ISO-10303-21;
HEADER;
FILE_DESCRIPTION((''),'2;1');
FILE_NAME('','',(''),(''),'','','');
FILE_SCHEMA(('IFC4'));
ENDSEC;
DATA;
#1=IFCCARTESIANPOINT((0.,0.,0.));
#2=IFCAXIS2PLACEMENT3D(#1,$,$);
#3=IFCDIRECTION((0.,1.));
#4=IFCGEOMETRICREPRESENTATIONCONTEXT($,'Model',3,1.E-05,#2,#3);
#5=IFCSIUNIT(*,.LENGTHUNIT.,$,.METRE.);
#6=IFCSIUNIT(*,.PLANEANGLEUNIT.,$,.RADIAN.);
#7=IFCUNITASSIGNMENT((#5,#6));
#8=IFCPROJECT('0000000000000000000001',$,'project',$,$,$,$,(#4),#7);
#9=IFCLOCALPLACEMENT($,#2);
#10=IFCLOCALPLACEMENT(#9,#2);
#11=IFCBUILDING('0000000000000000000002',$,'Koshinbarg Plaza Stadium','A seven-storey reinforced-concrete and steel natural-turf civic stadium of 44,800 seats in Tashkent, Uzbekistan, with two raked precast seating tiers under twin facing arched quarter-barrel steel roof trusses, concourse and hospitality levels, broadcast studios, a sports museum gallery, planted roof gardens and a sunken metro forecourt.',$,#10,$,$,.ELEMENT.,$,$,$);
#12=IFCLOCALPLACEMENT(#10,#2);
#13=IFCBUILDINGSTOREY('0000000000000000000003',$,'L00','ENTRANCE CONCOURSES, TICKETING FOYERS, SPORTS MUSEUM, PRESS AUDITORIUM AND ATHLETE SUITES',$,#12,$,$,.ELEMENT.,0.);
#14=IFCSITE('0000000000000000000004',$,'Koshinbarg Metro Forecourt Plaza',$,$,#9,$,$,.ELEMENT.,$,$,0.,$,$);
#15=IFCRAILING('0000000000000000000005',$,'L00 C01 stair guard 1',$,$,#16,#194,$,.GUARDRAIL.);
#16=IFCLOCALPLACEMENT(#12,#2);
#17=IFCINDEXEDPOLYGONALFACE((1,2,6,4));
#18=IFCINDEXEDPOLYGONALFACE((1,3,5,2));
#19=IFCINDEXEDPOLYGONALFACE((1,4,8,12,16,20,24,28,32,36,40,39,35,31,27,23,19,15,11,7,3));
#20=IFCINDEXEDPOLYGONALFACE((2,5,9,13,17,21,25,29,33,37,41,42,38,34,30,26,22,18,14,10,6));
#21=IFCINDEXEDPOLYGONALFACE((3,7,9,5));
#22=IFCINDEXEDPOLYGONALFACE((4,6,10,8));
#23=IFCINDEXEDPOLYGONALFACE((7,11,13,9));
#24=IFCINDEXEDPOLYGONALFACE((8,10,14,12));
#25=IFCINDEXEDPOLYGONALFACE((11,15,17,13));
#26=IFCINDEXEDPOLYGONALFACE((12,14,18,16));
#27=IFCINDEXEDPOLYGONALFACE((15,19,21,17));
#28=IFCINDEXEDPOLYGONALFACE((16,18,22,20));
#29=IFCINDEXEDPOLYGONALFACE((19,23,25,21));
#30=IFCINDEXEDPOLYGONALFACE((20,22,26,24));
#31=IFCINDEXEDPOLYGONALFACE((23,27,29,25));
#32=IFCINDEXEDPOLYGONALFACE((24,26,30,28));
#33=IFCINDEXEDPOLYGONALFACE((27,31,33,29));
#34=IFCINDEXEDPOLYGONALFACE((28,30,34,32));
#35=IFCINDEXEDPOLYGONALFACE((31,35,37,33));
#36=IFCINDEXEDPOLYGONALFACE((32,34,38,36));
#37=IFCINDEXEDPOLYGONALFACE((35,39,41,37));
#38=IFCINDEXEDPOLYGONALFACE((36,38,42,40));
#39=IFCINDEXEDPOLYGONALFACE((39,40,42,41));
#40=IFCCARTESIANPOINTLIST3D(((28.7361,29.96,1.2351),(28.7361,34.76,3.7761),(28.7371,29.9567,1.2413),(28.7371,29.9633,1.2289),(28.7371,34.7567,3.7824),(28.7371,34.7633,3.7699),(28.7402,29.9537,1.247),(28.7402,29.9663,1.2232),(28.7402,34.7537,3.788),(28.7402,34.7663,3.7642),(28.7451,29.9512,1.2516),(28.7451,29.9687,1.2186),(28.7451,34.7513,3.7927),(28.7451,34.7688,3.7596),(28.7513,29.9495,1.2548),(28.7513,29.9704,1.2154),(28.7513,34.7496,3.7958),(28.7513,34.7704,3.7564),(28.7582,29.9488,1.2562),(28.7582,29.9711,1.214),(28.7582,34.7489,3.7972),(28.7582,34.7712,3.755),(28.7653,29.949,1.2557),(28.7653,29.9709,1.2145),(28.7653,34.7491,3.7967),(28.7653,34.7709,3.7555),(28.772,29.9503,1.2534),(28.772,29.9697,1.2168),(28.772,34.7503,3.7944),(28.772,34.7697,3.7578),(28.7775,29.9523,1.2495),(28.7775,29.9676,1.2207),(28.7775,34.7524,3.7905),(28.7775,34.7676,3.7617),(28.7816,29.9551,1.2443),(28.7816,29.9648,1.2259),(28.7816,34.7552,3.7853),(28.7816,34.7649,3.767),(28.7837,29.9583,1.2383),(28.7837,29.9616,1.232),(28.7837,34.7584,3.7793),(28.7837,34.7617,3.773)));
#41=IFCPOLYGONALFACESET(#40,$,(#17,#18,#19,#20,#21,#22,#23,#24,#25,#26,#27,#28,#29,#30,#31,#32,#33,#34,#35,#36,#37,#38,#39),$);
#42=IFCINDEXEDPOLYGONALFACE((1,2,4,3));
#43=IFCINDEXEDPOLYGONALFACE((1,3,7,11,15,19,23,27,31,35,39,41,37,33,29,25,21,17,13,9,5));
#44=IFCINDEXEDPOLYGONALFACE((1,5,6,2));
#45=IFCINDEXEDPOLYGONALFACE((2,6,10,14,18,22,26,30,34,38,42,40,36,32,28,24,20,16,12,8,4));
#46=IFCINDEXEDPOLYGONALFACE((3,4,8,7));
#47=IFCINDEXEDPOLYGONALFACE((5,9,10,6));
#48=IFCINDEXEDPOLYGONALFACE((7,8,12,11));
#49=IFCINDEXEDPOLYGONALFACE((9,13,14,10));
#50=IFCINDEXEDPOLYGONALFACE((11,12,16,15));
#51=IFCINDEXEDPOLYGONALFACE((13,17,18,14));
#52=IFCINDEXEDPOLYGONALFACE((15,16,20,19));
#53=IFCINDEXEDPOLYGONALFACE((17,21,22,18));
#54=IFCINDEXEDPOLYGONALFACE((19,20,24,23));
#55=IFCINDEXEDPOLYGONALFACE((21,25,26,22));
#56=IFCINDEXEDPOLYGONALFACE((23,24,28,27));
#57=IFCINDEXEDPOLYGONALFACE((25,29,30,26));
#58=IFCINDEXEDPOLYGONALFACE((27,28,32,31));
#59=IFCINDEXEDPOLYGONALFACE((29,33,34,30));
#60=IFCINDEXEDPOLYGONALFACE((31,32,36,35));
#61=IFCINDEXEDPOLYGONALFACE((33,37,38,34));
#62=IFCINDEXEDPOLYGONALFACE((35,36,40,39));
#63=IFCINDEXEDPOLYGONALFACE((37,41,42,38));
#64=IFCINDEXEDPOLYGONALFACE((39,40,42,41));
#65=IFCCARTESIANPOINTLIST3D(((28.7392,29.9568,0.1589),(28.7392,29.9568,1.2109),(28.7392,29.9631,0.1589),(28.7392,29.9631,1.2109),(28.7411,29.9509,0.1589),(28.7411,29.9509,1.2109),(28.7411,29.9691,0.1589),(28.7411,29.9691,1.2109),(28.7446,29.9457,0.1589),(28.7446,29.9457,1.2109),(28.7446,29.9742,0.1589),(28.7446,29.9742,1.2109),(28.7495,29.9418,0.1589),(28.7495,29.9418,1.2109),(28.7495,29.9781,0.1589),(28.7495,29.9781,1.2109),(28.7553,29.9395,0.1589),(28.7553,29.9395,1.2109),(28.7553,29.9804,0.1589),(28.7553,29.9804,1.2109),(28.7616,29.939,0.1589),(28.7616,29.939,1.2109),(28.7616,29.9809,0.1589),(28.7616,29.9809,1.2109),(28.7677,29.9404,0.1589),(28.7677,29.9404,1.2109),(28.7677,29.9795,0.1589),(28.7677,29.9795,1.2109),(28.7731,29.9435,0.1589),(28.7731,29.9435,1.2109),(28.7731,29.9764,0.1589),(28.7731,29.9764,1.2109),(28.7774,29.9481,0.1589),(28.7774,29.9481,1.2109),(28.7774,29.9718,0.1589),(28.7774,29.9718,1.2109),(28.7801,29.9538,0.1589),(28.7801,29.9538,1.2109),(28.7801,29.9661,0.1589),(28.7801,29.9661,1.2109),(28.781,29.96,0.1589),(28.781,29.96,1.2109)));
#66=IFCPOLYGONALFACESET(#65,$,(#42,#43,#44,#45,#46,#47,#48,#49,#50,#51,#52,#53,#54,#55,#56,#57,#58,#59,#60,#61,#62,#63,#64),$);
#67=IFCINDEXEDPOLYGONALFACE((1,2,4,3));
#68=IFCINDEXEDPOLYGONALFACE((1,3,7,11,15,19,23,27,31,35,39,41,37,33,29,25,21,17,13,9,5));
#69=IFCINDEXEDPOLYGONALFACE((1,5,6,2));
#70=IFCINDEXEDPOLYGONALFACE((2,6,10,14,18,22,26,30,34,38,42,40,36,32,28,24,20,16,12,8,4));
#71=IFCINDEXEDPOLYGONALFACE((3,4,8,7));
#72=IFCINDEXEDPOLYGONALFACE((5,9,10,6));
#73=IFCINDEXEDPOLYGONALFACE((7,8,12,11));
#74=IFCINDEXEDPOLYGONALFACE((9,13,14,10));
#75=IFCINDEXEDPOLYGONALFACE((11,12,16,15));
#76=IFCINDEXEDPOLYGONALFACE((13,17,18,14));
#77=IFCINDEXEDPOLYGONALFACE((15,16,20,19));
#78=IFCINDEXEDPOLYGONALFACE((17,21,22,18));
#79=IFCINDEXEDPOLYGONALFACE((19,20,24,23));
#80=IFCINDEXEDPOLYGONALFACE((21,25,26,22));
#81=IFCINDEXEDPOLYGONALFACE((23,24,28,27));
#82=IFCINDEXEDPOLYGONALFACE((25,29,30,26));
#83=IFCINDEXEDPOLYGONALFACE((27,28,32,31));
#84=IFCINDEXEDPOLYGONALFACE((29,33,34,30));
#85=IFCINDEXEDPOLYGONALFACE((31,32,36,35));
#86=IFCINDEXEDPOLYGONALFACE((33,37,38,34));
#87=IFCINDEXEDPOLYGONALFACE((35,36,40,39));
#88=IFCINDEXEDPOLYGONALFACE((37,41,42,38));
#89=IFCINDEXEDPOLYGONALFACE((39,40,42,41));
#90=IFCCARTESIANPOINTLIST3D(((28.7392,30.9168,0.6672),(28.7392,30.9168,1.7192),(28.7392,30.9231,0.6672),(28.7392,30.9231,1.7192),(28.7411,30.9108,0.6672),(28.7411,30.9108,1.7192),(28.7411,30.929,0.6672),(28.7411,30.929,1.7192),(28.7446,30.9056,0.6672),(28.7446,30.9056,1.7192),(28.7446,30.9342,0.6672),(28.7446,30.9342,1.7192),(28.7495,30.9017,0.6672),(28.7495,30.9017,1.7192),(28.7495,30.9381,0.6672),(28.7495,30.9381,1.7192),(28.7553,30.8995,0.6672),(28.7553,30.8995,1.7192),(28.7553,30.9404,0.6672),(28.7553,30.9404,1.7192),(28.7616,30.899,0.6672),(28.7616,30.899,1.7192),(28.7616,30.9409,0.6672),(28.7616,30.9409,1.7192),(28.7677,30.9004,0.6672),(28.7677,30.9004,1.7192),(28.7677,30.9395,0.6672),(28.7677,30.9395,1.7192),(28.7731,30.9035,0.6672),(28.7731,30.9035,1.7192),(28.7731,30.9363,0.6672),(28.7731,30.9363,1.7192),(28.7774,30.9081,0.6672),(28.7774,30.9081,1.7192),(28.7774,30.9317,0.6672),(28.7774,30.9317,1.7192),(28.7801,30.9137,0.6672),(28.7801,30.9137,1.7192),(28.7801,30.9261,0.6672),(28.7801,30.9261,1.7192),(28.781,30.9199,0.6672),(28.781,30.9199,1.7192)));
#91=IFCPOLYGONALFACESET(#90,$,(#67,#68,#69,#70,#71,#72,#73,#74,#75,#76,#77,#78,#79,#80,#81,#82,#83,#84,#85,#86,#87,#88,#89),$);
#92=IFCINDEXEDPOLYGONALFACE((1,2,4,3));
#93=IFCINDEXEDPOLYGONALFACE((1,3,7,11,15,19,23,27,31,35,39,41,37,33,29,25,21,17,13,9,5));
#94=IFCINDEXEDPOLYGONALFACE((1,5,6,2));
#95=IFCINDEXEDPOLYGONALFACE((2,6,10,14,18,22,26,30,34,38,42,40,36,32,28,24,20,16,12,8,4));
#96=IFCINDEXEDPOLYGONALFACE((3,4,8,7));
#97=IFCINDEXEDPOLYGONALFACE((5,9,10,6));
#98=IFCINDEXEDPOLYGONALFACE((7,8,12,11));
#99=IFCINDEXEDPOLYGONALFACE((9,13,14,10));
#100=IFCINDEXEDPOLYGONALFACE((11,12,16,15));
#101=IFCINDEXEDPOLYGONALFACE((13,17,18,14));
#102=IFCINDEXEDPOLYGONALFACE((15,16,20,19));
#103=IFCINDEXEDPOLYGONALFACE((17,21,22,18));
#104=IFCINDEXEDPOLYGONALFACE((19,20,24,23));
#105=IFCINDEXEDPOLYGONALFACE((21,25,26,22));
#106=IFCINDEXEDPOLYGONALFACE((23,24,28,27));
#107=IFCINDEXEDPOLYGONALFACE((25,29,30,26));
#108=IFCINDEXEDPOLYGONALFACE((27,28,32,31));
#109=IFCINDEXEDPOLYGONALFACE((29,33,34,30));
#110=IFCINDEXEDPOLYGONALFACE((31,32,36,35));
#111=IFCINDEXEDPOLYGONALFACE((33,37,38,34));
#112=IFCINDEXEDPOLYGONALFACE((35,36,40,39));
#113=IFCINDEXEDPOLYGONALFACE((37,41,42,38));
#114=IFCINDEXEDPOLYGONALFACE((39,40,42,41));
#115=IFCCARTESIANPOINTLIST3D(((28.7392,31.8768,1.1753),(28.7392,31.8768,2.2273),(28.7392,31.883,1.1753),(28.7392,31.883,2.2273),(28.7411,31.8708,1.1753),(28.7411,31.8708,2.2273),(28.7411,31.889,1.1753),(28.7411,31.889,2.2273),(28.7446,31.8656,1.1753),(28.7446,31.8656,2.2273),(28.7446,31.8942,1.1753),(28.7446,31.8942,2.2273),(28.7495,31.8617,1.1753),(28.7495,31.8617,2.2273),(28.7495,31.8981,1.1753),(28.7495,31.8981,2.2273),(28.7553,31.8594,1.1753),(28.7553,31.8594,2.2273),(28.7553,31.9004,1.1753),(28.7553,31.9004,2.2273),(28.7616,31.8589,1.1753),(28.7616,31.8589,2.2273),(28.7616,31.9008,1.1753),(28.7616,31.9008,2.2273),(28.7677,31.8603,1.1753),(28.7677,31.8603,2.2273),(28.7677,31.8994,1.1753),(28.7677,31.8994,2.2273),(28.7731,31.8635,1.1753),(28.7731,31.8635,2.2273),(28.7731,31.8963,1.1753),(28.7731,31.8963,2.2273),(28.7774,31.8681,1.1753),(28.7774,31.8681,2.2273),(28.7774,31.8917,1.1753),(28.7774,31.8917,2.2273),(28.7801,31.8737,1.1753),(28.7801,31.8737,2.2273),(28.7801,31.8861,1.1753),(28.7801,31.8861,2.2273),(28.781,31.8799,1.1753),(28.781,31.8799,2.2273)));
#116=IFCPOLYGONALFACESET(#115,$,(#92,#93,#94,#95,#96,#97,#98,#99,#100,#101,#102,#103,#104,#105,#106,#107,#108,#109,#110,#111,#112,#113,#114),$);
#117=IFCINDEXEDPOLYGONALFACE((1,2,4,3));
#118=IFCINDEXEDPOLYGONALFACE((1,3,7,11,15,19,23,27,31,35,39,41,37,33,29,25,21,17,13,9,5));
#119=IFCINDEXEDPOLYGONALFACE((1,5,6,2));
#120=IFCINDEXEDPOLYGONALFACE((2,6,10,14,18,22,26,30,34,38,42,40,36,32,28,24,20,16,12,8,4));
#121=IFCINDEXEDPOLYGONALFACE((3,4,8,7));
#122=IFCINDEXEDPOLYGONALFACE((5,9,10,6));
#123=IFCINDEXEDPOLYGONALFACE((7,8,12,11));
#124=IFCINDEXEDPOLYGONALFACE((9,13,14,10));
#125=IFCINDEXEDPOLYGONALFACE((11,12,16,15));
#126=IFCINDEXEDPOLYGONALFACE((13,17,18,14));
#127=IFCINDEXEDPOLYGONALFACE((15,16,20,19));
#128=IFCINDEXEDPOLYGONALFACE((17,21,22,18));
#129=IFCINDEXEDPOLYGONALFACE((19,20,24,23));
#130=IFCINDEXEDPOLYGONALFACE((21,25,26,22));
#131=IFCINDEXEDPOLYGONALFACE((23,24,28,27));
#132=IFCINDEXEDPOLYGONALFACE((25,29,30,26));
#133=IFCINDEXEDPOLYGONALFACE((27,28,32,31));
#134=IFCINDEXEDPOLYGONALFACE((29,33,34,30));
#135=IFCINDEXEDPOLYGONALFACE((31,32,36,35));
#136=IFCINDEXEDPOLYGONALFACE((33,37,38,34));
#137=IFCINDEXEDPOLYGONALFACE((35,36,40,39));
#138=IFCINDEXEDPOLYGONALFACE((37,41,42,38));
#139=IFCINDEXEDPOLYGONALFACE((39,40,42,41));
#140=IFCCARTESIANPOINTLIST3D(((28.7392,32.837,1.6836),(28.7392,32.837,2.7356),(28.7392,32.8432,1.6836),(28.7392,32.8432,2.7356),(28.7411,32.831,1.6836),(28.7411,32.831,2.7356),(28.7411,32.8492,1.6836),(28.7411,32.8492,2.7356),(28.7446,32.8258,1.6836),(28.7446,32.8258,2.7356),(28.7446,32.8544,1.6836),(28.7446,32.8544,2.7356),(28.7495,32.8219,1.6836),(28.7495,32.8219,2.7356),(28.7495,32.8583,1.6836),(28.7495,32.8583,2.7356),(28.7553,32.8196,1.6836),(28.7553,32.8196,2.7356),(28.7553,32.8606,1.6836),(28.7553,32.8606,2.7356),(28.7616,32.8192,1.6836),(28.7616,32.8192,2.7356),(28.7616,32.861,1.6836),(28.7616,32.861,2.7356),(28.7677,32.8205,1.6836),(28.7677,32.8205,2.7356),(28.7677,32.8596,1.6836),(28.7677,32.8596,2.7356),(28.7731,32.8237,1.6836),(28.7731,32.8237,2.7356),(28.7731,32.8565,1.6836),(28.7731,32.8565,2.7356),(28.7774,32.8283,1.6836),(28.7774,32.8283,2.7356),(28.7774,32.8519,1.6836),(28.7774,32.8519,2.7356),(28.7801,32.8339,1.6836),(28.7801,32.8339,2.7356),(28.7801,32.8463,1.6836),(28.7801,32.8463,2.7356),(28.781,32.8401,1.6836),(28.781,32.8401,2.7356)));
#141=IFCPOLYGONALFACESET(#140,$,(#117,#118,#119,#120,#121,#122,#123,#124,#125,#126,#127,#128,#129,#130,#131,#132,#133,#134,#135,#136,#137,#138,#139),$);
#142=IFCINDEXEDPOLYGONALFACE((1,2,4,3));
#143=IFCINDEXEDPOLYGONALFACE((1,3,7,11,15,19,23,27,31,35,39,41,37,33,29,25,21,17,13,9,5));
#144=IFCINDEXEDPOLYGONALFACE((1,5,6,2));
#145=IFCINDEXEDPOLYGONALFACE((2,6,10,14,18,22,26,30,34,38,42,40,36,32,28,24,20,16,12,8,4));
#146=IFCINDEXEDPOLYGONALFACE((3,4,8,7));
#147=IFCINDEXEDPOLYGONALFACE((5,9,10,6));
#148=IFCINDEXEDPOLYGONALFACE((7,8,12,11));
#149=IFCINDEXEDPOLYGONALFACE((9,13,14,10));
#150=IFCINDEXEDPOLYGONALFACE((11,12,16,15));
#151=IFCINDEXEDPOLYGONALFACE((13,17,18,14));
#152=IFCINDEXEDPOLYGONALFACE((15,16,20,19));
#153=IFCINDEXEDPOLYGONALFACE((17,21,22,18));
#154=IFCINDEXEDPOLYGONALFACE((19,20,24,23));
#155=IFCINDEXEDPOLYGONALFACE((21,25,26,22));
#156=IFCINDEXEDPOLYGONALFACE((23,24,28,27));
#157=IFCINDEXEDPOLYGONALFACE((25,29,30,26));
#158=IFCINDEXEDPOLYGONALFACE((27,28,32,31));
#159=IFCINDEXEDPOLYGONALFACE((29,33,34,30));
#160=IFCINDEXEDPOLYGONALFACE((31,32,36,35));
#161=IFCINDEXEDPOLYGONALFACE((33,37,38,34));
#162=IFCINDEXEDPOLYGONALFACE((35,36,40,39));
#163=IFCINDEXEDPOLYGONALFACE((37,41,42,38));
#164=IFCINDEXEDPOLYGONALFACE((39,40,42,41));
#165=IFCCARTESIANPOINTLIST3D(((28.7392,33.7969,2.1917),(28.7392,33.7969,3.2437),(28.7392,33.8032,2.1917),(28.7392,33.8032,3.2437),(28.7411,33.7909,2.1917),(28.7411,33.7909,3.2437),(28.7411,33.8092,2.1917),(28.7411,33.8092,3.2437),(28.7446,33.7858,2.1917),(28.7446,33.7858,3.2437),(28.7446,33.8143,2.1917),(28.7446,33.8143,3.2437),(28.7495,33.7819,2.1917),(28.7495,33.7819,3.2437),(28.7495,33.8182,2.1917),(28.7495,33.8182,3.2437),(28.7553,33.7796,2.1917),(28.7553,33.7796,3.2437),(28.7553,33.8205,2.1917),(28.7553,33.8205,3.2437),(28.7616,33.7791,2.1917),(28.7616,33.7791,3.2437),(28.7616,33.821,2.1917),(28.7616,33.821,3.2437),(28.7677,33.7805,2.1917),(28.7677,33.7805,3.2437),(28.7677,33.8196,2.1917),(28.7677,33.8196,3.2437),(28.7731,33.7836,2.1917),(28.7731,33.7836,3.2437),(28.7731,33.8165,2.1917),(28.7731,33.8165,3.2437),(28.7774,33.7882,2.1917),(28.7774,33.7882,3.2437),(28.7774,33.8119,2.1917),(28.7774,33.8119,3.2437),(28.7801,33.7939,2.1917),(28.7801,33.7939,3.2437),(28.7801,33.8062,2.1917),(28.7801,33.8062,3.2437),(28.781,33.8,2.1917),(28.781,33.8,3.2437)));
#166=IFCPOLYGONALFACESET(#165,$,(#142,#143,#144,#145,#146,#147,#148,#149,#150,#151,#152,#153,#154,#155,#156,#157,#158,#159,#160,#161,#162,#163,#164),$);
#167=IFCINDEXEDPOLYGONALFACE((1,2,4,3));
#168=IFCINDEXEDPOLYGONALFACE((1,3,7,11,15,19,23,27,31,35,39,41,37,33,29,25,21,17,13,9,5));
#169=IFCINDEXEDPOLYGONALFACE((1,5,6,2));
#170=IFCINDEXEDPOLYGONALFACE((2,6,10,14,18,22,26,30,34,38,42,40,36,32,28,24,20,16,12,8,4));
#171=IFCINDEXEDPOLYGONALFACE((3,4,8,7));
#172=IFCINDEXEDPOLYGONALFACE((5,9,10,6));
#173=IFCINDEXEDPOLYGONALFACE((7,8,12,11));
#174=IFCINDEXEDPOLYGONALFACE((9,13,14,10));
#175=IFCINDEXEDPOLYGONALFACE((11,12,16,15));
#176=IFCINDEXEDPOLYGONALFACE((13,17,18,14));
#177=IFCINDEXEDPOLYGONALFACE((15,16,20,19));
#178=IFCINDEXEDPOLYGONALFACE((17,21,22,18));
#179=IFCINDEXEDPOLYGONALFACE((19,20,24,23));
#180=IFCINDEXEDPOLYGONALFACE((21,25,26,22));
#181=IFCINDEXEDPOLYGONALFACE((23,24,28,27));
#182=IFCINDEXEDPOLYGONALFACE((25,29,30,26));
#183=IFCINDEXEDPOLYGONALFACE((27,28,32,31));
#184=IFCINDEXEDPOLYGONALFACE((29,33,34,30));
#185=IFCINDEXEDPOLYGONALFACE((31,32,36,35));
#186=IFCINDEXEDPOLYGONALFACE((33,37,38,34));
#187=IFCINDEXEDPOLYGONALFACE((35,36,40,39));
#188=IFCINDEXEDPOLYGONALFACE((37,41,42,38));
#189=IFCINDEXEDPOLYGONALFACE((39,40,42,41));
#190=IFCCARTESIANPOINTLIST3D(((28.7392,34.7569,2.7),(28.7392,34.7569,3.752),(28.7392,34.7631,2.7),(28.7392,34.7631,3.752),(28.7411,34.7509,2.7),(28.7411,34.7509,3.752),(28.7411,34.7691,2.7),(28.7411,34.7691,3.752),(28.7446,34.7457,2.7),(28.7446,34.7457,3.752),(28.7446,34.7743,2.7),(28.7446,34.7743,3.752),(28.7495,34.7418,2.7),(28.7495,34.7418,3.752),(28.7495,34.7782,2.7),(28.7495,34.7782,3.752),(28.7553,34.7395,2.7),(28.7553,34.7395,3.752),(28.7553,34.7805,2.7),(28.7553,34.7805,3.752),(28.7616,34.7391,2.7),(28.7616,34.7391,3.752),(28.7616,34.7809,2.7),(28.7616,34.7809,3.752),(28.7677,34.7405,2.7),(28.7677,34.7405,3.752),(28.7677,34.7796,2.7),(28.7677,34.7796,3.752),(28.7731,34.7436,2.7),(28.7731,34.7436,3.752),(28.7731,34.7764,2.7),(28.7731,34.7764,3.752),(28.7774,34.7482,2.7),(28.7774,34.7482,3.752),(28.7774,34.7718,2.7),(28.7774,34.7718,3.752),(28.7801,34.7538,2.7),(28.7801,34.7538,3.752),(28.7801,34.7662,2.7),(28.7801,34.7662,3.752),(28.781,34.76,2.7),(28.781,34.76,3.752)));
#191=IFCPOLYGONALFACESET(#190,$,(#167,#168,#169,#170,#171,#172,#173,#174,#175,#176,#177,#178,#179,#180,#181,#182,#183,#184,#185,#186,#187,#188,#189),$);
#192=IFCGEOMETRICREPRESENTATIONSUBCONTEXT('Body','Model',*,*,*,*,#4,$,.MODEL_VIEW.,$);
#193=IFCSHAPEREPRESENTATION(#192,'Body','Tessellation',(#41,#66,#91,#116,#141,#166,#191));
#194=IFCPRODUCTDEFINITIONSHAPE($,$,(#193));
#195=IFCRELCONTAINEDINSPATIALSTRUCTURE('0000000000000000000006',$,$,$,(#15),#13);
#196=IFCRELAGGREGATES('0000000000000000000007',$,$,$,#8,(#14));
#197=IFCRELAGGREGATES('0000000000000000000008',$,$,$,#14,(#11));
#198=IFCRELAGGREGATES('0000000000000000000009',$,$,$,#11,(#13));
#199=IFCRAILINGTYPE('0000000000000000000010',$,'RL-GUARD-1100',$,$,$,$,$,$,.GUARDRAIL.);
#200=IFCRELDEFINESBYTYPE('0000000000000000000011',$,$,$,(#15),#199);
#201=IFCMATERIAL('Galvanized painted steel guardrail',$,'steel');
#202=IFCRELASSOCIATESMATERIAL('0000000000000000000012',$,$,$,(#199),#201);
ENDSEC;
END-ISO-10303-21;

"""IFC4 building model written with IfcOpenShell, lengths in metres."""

from ifc_helpers import new_model, si_unit, direction, frame, origin, origin_2d, place, context, subcontext, project, spatial, circle, extrude, material, type_object, element, save


model = new_model("IFC4")

# Units and contexts
model_context = context("Model", 3, precision=1e-05, world=origin(), true_north=direction((0.0, 1.0)))
body_context = subcontext(model_context, "Body", "Model", "MODEL_VIEW")
ifc_project = project(units=[si_unit("LENGTHUNIT", "METRE"), si_unit("PLANEANGLEUNIT", "RADIAN")], contexts=[model_context])

# Site, building, storey
site_placement = place(None, origin())
site = spatial("IfcSite", under=ifc_project, at=site_placement, Name="Koshinbarg Metro Forecourt Plaza", CompositionType="ELEMENT", RefElevation=0.0)
building_placement = place(site_placement, origin())
building = spatial("IfcBuilding", under=site, at=building_placement, Name="Koshinbarg Plaza Stadium", Description="A seven-storey reinforced-concrete and steel natural-turf civic stadium of 44,800 seats in Tashkent, Uzbekistan, with two raked precast seating tiers under twin facing arched quarter-barrel steel roof trusses, concourse and hospitality levels, broadcast studios, a sports museum gallery, planted roof gardens and a sunken metro forecourt.", CompositionType="ELEMENT")
storey_placement = place(building_placement, origin())
storey = spatial("IfcBuildingStorey", under=building, at=storey_placement, Name="L00", Description="ENTRANCE CONCOURSES, TICKETING FOYERS, SPORTS MUSEUM, PRESS AUDITORIUM AND ATHLETE SUITES", CompositionType="ELEMENT", Elevation=0.0)

# Railing
ifc_material_1 = material(Name="Galvanized painted steel guardrail", Category="steel")
railing_type_1 = type_object("IfcRailingType", Name="RL-GUARD-1100", PredefinedType="GUARDRAIL", material=ifc_material_1)
railing_1_placement = place(storey_placement, frame((28.76, 29.96, 0.1589)))
element("IfcRailing", 1, at=railing_1_placement, inside=storey, type_object=railing_type_1, Name="L00 C01 stair guard 1", PredefinedType="GUARDRAIL", context=body_context, shape_type="SweptSolid", body=[
    extrude(circle(Radius=0.0239, at=origin_2d()), frame((0.0, 0.0, 1.0762), z_axis=(0.0, 0.883802, 0.467861), x_axis=(-1.0, 0.0, 0.0)), (0.0, 0.0, 1.0), 5.4312),
    extrude(circle(Radius=0.021, at=origin_2d()), origin(), (0.0, 0.0, 1.0), 1.052),
    extrude(circle(Radius=0.021, at=origin_2d()), frame((0.0, 0.96, 0.5083)), (0.0, 0.0, 1.0), 1.052),
    extrude(circle(Radius=0.021, at=origin_2d()), frame((0.0, 1.9199, 1.0164)), (0.0, 0.0, 1.0), 1.052),
    extrude(circle(Radius=0.021, at=origin_2d()), frame((0.0, 2.8801, 1.5247)), (0.0, 0.0, 1.0), 1.052),
    extrude(circle(Radius=0.021, at=origin_2d()), frame((0.0, 3.8401, 2.0327)), (0.0, 0.0, 1.0), 1.052),
    extrude(circle(Radius=0.021, at=origin_2d()), frame((0.0, 4.8, 2.541)), (0.0, 0.0, 1.0), 1.052),
])

save(model, "model.ifc")
